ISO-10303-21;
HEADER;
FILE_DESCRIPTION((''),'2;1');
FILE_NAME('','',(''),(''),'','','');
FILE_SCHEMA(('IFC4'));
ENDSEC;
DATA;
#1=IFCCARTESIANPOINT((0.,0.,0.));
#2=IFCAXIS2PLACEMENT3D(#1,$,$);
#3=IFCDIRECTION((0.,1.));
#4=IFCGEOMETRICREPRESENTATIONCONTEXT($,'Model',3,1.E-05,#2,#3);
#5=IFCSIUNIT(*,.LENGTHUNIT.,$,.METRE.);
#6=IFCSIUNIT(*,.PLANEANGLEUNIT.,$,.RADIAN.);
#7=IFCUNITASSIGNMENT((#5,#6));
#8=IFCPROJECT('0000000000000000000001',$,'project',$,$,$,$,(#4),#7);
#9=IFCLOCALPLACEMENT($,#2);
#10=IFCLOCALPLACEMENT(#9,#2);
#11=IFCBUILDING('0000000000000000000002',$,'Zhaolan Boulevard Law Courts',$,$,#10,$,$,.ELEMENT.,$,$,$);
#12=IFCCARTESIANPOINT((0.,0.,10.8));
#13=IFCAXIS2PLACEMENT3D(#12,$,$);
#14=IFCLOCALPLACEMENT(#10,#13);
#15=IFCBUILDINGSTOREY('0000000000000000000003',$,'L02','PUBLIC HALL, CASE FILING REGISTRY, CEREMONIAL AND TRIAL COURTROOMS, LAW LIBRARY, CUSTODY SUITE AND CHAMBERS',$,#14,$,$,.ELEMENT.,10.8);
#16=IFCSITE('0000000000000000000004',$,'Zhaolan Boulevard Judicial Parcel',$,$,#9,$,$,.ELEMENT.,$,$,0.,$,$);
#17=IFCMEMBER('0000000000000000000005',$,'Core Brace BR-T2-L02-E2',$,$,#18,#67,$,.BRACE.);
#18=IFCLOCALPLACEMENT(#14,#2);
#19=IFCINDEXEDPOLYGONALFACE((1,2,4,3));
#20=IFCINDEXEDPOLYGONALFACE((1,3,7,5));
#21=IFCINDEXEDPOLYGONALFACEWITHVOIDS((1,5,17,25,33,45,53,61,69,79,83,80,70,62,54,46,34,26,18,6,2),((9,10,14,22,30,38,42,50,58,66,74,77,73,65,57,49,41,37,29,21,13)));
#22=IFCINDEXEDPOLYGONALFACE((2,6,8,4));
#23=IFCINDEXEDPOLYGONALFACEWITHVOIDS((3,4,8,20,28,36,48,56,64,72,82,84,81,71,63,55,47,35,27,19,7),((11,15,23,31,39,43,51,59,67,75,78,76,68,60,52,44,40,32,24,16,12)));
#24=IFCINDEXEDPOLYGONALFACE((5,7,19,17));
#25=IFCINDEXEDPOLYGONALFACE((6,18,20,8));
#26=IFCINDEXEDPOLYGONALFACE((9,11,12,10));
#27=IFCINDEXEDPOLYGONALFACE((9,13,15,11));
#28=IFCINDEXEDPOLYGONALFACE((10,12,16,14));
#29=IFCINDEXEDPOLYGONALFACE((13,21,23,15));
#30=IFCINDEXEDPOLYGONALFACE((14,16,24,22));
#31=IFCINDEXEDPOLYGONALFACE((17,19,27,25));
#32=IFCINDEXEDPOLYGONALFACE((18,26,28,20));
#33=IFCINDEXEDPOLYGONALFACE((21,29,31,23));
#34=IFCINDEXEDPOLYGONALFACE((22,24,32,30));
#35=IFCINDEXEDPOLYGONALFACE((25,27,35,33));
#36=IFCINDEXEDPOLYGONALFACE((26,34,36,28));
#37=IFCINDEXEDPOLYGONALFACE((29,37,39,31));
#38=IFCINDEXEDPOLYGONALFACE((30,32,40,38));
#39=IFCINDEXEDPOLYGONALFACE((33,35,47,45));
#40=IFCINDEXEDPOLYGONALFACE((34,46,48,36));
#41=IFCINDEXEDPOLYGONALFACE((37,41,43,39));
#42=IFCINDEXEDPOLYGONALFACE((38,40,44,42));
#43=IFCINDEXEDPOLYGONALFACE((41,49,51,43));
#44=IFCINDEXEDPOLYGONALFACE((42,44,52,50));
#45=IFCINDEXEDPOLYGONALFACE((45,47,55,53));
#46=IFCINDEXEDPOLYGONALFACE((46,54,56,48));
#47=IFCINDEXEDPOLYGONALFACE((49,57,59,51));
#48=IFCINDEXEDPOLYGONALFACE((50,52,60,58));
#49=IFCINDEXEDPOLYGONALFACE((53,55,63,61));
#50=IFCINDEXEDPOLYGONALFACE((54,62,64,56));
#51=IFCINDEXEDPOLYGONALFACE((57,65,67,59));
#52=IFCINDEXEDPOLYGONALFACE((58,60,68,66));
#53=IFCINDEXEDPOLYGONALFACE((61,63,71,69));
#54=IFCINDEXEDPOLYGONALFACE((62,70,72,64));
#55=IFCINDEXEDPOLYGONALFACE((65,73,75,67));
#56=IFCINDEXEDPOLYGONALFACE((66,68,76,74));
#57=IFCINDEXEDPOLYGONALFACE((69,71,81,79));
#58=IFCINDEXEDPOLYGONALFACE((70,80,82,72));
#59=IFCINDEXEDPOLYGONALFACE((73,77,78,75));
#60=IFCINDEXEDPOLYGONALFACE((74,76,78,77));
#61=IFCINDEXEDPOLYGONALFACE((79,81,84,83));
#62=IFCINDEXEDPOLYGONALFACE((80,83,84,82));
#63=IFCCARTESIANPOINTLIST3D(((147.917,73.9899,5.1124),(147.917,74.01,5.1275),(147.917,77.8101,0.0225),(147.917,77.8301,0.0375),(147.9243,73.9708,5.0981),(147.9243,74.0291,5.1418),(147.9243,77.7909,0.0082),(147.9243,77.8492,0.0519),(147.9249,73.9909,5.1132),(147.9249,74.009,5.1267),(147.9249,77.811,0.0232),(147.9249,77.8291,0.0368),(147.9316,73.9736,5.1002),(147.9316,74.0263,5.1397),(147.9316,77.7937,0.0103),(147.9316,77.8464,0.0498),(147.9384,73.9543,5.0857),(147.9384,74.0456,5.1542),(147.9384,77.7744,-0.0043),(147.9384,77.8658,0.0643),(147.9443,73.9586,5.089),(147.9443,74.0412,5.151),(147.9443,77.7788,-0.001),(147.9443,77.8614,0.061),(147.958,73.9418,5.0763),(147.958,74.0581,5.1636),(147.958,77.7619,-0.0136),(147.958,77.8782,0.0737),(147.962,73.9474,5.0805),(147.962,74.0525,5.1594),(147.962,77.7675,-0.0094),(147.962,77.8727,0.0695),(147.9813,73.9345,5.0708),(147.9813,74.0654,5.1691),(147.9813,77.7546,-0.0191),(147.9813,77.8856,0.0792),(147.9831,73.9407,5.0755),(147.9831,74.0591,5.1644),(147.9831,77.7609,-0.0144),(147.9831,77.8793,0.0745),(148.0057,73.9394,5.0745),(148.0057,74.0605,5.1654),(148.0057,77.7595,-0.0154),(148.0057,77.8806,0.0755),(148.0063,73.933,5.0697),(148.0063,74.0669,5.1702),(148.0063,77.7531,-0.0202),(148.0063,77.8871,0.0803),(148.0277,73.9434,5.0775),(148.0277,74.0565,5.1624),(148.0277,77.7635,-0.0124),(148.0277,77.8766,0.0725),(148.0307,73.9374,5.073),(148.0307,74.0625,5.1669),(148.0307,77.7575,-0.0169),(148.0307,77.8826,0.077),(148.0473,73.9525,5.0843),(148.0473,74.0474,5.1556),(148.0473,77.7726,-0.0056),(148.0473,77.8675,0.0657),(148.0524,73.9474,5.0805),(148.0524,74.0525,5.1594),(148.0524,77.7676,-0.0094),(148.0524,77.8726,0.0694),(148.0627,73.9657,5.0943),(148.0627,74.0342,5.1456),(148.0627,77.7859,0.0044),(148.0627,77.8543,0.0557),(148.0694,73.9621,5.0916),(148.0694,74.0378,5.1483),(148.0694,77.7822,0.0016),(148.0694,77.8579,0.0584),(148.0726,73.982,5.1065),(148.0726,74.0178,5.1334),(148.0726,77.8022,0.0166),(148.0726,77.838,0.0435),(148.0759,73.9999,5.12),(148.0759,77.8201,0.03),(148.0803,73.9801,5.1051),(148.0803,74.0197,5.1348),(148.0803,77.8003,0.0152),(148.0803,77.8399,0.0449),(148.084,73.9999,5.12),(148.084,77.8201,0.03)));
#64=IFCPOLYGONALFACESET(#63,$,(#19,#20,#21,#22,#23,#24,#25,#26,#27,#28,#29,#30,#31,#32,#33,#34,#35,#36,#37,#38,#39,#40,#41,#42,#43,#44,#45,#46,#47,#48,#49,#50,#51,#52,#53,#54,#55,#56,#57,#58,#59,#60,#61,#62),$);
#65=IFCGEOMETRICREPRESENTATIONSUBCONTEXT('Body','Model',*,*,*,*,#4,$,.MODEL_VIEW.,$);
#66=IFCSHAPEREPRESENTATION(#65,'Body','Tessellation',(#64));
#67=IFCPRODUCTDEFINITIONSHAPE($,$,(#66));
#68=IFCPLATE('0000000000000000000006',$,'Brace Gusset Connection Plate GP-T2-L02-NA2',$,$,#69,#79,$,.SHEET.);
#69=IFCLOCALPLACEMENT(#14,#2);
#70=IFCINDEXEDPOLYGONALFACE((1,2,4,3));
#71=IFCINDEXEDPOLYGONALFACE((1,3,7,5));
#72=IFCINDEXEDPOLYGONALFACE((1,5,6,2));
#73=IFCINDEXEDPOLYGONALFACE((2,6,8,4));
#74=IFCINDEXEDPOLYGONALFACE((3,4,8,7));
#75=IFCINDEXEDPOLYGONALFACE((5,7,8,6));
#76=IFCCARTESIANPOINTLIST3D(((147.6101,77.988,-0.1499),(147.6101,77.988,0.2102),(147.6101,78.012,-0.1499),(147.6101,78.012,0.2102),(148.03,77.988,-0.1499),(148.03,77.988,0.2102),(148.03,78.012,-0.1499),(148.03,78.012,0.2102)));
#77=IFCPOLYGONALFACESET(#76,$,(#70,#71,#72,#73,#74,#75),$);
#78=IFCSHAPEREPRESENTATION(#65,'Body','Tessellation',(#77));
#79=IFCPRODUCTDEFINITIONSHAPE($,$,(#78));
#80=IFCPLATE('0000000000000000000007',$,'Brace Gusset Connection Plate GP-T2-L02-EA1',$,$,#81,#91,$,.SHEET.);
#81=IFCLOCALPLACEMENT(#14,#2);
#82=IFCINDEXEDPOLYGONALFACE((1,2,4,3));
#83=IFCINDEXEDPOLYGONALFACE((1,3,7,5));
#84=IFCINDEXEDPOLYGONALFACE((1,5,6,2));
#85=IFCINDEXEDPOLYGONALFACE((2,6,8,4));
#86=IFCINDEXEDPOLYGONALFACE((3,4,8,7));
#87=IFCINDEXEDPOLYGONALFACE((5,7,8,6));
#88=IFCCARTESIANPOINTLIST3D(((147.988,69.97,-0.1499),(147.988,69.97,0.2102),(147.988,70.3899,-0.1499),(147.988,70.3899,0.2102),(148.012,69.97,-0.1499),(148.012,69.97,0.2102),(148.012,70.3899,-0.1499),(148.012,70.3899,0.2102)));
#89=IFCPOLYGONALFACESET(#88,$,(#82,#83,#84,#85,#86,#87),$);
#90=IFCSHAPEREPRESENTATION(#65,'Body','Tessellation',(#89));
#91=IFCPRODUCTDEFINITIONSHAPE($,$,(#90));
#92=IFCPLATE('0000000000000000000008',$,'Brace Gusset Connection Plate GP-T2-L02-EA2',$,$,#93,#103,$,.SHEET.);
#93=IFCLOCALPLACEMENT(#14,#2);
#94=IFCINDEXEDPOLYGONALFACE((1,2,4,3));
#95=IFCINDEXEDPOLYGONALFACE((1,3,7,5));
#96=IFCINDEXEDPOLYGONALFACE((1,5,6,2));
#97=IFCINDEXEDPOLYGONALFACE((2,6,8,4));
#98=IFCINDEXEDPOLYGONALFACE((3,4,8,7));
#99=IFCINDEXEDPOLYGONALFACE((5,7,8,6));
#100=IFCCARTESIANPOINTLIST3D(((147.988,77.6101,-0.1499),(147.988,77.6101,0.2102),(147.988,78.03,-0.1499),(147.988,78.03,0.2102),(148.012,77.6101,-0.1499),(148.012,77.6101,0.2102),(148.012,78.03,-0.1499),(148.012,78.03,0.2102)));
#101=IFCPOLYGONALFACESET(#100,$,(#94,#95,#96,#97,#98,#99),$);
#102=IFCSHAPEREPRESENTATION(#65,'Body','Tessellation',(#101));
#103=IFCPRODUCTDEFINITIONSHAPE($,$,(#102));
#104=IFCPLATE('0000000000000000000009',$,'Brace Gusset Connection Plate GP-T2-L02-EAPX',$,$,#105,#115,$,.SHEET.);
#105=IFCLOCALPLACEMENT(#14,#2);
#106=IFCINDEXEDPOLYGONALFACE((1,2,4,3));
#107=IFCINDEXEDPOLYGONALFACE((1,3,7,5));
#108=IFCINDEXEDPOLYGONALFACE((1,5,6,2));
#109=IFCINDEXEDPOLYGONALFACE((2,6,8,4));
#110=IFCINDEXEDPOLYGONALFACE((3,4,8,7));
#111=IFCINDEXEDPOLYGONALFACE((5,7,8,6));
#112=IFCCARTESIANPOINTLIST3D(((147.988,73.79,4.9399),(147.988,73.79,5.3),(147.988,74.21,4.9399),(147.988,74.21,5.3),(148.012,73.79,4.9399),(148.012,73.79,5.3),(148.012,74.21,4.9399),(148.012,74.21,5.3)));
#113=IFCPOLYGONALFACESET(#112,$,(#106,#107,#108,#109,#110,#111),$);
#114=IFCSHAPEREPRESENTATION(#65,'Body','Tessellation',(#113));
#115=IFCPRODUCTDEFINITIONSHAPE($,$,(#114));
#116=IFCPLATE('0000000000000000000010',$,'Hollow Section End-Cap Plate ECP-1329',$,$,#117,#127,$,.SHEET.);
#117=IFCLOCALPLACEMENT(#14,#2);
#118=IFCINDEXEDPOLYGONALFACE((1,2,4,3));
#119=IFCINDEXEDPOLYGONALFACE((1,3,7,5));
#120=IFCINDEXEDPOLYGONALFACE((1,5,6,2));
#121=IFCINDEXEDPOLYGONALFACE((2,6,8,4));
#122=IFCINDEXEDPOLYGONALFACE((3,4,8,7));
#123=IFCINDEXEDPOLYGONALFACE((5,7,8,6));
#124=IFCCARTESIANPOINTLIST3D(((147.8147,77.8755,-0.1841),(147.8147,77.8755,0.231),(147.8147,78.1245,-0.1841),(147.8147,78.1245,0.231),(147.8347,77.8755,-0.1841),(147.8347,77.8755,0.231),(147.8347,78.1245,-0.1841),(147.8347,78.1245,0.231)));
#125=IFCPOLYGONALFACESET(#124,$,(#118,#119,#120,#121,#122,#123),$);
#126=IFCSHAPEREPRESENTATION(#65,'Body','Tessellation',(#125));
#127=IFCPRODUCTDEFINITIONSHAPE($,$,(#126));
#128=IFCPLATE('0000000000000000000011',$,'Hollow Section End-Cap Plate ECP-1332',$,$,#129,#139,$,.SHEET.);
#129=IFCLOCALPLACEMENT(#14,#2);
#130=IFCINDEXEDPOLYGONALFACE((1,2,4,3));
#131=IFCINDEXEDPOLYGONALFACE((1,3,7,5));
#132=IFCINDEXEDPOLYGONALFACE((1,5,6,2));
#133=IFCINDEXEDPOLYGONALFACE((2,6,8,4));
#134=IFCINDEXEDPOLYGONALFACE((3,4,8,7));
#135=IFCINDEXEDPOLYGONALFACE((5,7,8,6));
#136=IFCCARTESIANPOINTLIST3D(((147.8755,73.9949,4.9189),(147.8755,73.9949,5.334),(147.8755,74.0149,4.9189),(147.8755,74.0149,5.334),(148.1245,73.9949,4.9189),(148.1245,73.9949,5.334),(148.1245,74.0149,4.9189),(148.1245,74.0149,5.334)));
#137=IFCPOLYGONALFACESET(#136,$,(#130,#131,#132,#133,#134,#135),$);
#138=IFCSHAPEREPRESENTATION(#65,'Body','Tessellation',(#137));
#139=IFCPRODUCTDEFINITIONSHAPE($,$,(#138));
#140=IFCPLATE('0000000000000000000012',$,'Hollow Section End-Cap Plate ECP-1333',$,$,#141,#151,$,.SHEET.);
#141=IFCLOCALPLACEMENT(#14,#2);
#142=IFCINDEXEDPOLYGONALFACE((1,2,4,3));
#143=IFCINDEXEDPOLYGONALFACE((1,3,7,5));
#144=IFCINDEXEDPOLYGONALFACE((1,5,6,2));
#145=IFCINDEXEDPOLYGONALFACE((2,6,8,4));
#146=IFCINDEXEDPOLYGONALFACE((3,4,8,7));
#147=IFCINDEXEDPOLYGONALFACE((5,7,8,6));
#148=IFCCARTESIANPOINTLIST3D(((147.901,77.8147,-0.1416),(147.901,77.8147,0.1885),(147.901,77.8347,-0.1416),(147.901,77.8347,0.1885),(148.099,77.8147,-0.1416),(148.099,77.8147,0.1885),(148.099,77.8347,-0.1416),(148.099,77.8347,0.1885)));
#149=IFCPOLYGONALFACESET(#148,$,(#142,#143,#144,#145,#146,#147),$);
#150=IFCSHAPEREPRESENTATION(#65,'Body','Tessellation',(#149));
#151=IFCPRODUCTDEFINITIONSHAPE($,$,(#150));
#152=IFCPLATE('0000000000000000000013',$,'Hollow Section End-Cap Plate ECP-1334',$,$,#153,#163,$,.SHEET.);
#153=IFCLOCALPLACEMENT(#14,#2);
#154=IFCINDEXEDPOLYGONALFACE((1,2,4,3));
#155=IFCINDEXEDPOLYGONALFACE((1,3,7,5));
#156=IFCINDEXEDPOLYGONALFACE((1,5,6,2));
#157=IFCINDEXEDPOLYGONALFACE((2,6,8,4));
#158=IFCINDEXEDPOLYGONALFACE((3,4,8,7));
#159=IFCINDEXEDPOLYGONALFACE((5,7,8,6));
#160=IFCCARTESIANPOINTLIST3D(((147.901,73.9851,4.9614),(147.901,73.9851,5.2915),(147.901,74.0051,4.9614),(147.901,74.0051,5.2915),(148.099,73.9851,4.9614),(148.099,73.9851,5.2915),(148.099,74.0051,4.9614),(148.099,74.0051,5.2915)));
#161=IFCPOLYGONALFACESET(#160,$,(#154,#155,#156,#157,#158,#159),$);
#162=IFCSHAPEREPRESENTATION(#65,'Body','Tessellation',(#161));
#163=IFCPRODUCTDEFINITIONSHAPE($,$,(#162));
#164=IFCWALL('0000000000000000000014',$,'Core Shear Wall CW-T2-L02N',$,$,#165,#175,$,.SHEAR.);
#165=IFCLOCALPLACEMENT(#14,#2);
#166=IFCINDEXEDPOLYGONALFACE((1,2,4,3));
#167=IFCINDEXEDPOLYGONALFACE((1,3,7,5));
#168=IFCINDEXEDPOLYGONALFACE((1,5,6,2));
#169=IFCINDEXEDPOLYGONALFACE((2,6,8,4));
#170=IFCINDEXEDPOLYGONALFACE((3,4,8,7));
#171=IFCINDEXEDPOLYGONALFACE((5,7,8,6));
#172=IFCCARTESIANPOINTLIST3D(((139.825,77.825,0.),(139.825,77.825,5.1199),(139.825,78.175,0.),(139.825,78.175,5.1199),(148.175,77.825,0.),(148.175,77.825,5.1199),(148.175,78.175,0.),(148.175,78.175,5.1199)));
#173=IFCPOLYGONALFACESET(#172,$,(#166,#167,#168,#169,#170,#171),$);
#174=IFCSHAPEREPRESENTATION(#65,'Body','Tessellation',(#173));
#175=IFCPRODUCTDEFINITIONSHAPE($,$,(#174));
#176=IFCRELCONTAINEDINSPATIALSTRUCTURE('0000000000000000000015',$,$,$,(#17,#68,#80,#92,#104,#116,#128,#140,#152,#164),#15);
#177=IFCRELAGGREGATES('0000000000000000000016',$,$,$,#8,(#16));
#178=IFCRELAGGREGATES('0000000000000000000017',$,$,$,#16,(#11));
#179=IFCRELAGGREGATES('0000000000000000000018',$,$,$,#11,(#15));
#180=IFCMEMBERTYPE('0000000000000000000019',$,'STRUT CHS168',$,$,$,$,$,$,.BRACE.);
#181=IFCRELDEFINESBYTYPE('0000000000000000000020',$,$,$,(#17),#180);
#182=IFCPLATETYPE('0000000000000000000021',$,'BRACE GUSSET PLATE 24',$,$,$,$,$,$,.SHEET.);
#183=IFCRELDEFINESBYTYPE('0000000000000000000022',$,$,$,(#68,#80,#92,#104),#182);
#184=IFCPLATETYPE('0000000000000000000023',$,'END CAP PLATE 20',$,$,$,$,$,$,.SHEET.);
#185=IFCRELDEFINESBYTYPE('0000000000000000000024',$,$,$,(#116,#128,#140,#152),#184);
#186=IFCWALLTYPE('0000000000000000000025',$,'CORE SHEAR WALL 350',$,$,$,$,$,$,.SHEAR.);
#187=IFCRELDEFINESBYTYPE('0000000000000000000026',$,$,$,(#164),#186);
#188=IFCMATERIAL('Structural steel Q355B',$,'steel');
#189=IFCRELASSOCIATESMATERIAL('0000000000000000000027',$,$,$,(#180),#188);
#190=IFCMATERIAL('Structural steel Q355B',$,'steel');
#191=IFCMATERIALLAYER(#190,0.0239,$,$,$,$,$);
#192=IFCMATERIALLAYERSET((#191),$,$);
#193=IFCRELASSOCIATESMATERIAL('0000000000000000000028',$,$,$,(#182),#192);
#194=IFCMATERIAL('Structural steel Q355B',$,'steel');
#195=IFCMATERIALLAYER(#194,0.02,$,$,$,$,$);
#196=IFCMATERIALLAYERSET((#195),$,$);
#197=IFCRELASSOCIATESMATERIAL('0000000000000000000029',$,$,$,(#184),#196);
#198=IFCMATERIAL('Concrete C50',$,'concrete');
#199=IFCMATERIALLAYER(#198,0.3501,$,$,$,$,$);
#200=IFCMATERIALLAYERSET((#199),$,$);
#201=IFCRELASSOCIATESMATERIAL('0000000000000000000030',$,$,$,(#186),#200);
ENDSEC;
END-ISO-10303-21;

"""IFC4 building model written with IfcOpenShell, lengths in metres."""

from ifc_helpers import new_model, si_unit, direction, frame, frame_2d, origin, origin_2d, place, context, subcontext, project, spatial, rectangle, hollow_circle, extrude, material, layer, layer_set, material_profile, profile_set, type_object, element, save


model = new_model("IFC4")

# Units and contexts
model_context = context("Model", 3, precision=1e-05, world=origin(), true_north=direction((0.0, 1.0)))
body_context = subcontext(model_context, "Body", "Model", "MODEL_VIEW")
ifc_project = project(units=[si_unit("LENGTHUNIT", "METRE"), si_unit("PLANEANGLEUNIT", "RADIAN")], contexts=[model_context])

# Site, building, storey
site_placement = place(None, origin())
site = spatial("IfcSite", under=ifc_project, at=site_placement, Name="Zhaolan Boulevard Judicial Parcel", CompositionType="ELEMENT", RefElevation=0.0)
building_placement = place(site_placement, origin())
building = spatial("IfcBuilding", under=site, at=building_placement, Name="Zhaolan Boulevard Law Courts", CompositionType="ELEMENT")
storey_placement = place(building_placement, frame((0.0, 0.0, 10.8)))
storey = spatial("IfcBuildingStorey", under=building, at=storey_placement, Name="L02", Description="PUBLIC HALL, CASE FILING REGISTRY, CEREMONIAL AND TRIAL COURTROOMS, LAW LIBRARY, CUSTODY SUITE AND CHAMBERS", CompositionType="ELEMENT", Elevation=10.8)

# Member
ifc_material_1 = material(Name="Structural steel Q355B", Category="steel")
ifc_material_profile_1 = material_profile(ifc_material_1, hollow_circle(Radius=0.084, WallThickness=0.0081, at=origin_2d()), Name="CHS168x8")
ifc_profile_set_1 = profile_set([ifc_material_profile_1], Name="Structural steel Q355B")
member_type = type_object("IfcMemberType", Name="STRUT CHS168", PredefinedType="BRACE", material=ifc_profile_set_1)
member_placement = place(storey_placement, frame((148.0, 77.8201, 0.03), z_axis=(0.0, -0.60027, 0.799797), x_axis=(1.0, 0.0, 0.0)))
element("IfcMember", 1, at=member_placement, inside=storey, type_object=member_type, Name="Core Brace BR-T2-L02-E2", PredefinedType="BRACE", context=body_context, shape_type="SweptSolid", body=[
    extrude(hollow_circle(Radius=0.084, WallThickness=0.0081, at=origin_2d()), origin(), (0.0, 0.0, 1.0), 6.364),
])

# Plates
ifc_material_2 = material(Name="Structural steel Q355B", Category="steel")
ifc_layer_1 = layer(ifc_material_2, 0.0239)
ifc_layer_set_1 = layer_set([ifc_layer_1])
plate_type_1 = type_object("IfcPlateType", Name="BRACE GUSSET PLATE 24", PredefinedType="SHEET", material=ifc_layer_set_1)
for number, where, z_axis, x_axis, name in (
    (2, (147.8201, 78.0, -0.1499), (0.0, 0.0, 1.0), (1.0, 0.0, 0.0), "Brace Gusset Connection Plate GP-T2-L02-NA2"),
    (3, (148.0, 70.1799, -0.1499), (0.0, 0.0, 1.0), (0.0, 1.0, 0.0), "Brace Gusset Connection Plate GP-T2-L02-EA1"),
    (4, (148.0, 77.8201, -0.1499), (0.0, 0.0, 1.0), (0.0, 1.0, 0.0), "Brace Gusset Connection Plate GP-T2-L02-EA2"),
    (5, (148.0, 74.0, 4.9399), (0.0, 0.0, 1.0), (0.0, 1.0, 0.0), "Brace Gusset Connection Plate GP-T2-L02-EAPX"),
):
    element("IfcPlate", number, at=place(storey_placement, frame(where, z_axis=z_axis, x_axis=x_axis)), inside=storey, type_object=plate_type_1, Name=name, PredefinedType="SHEET", context=body_context, shape_type="SweptSolid", body=[
        extrude(rectangle(XDim=0.4199, YDim=0.0239, at=origin_2d()), origin(), (0.0, 0.0, 1.0), 0.3601),
    ])
ifc_material_3 = material(Name="Structural steel Q355B", Category="steel")
ifc_layer_2 = layer(ifc_material_3, 0.02)
ifc_layer_set_2 = layer_set([ifc_layer_2])
plate_type_2 = type_object("IfcPlateType", Name="END CAP PLATE 20", PredefinedType="SHEET", material=ifc_layer_set_2)
for number, where, z_axis, x_axis, name in (
    (6, (147.8247, 78.0, -0.1841), (0.0, 0.0, 1.0), (-1.0, 0.0, 0.0), "Hollow Section End-Cap Plate ECP-1329"),
    (7, (148.0, 74.0049, 4.9189), (0.0, 0.0, 1.0), (0.0, 1.0, 0.0), "Hollow Section End-Cap Plate ECP-1332"),
):
    element("IfcPlate", number, at=place(storey_placement, frame(where, z_axis=z_axis, x_axis=x_axis)), inside=storey, type_object=plate_type_2, Name=name, PredefinedType="SHEET", context=body_context, shape_type="SweptSolid", body=[
        extrude(rectangle(XDim=0.02, YDim=0.249, at=origin_2d()), origin(), (0.0, 0.0, 1.0), 0.415),
    ])
for number, where, z_axis, x_axis, name in (
    (8, (148.0, 77.8247, -0.1416), (0.0, 0.0, 1.0), (0.0, -1.0, 0.0), "Hollow Section End-Cap Plate ECP-1333"),
    (9, (148.0, 73.9951, 4.9614), (0.0, 0.0, 1.0), (0.0, -1.0, 0.0), "Hollow Section End-Cap Plate ECP-1334"),
):
    element("IfcPlate", number, at=place(storey_placement, frame(where, z_axis=z_axis, x_axis=x_axis)), inside=storey, type_object=plate_type_2, Name=name, PredefinedType="SHEET", context=body_context, shape_type="SweptSolid", body=[
        extrude(rectangle(XDim=0.02, YDim=0.198, at=origin_2d()), origin(), (0.0, 0.0, 1.0), 0.3301),
    ])

# Wall
ifc_material_4 = material(Name="Concrete C50", Category="concrete")
ifc_layer_3 = layer(ifc_material_4, 0.3501)
ifc_layer_set_3 = layer_set([ifc_layer_3])
wall_type_1 = type_object("IfcWallType", Name="CORE SHEAR WALL 350", PredefinedType="SHEAR", material=ifc_layer_set_3)
wall_1_placement = place(storey_placement, frame((148.175, 78.0, 0.0), z_axis=(0.0, 0.0, 1.0), x_axis=(-1.0, 0.0, 0.0)))
element("IfcWall", 10, at=wall_1_placement, inside=storey, type_object=wall_type_1, Name="Core Shear Wall CW-T2-L02N", PredefinedType="SHEAR", context=body_context, shape_type="SweptSolid", body=[
    extrude(rectangle(XDim=8.3501, YDim=0.3501, at=frame_2d((4.175, 0.0))), origin(), (0.0, 0.0, 1.0), 5.1199),
])

save(model, "model.ifc")
